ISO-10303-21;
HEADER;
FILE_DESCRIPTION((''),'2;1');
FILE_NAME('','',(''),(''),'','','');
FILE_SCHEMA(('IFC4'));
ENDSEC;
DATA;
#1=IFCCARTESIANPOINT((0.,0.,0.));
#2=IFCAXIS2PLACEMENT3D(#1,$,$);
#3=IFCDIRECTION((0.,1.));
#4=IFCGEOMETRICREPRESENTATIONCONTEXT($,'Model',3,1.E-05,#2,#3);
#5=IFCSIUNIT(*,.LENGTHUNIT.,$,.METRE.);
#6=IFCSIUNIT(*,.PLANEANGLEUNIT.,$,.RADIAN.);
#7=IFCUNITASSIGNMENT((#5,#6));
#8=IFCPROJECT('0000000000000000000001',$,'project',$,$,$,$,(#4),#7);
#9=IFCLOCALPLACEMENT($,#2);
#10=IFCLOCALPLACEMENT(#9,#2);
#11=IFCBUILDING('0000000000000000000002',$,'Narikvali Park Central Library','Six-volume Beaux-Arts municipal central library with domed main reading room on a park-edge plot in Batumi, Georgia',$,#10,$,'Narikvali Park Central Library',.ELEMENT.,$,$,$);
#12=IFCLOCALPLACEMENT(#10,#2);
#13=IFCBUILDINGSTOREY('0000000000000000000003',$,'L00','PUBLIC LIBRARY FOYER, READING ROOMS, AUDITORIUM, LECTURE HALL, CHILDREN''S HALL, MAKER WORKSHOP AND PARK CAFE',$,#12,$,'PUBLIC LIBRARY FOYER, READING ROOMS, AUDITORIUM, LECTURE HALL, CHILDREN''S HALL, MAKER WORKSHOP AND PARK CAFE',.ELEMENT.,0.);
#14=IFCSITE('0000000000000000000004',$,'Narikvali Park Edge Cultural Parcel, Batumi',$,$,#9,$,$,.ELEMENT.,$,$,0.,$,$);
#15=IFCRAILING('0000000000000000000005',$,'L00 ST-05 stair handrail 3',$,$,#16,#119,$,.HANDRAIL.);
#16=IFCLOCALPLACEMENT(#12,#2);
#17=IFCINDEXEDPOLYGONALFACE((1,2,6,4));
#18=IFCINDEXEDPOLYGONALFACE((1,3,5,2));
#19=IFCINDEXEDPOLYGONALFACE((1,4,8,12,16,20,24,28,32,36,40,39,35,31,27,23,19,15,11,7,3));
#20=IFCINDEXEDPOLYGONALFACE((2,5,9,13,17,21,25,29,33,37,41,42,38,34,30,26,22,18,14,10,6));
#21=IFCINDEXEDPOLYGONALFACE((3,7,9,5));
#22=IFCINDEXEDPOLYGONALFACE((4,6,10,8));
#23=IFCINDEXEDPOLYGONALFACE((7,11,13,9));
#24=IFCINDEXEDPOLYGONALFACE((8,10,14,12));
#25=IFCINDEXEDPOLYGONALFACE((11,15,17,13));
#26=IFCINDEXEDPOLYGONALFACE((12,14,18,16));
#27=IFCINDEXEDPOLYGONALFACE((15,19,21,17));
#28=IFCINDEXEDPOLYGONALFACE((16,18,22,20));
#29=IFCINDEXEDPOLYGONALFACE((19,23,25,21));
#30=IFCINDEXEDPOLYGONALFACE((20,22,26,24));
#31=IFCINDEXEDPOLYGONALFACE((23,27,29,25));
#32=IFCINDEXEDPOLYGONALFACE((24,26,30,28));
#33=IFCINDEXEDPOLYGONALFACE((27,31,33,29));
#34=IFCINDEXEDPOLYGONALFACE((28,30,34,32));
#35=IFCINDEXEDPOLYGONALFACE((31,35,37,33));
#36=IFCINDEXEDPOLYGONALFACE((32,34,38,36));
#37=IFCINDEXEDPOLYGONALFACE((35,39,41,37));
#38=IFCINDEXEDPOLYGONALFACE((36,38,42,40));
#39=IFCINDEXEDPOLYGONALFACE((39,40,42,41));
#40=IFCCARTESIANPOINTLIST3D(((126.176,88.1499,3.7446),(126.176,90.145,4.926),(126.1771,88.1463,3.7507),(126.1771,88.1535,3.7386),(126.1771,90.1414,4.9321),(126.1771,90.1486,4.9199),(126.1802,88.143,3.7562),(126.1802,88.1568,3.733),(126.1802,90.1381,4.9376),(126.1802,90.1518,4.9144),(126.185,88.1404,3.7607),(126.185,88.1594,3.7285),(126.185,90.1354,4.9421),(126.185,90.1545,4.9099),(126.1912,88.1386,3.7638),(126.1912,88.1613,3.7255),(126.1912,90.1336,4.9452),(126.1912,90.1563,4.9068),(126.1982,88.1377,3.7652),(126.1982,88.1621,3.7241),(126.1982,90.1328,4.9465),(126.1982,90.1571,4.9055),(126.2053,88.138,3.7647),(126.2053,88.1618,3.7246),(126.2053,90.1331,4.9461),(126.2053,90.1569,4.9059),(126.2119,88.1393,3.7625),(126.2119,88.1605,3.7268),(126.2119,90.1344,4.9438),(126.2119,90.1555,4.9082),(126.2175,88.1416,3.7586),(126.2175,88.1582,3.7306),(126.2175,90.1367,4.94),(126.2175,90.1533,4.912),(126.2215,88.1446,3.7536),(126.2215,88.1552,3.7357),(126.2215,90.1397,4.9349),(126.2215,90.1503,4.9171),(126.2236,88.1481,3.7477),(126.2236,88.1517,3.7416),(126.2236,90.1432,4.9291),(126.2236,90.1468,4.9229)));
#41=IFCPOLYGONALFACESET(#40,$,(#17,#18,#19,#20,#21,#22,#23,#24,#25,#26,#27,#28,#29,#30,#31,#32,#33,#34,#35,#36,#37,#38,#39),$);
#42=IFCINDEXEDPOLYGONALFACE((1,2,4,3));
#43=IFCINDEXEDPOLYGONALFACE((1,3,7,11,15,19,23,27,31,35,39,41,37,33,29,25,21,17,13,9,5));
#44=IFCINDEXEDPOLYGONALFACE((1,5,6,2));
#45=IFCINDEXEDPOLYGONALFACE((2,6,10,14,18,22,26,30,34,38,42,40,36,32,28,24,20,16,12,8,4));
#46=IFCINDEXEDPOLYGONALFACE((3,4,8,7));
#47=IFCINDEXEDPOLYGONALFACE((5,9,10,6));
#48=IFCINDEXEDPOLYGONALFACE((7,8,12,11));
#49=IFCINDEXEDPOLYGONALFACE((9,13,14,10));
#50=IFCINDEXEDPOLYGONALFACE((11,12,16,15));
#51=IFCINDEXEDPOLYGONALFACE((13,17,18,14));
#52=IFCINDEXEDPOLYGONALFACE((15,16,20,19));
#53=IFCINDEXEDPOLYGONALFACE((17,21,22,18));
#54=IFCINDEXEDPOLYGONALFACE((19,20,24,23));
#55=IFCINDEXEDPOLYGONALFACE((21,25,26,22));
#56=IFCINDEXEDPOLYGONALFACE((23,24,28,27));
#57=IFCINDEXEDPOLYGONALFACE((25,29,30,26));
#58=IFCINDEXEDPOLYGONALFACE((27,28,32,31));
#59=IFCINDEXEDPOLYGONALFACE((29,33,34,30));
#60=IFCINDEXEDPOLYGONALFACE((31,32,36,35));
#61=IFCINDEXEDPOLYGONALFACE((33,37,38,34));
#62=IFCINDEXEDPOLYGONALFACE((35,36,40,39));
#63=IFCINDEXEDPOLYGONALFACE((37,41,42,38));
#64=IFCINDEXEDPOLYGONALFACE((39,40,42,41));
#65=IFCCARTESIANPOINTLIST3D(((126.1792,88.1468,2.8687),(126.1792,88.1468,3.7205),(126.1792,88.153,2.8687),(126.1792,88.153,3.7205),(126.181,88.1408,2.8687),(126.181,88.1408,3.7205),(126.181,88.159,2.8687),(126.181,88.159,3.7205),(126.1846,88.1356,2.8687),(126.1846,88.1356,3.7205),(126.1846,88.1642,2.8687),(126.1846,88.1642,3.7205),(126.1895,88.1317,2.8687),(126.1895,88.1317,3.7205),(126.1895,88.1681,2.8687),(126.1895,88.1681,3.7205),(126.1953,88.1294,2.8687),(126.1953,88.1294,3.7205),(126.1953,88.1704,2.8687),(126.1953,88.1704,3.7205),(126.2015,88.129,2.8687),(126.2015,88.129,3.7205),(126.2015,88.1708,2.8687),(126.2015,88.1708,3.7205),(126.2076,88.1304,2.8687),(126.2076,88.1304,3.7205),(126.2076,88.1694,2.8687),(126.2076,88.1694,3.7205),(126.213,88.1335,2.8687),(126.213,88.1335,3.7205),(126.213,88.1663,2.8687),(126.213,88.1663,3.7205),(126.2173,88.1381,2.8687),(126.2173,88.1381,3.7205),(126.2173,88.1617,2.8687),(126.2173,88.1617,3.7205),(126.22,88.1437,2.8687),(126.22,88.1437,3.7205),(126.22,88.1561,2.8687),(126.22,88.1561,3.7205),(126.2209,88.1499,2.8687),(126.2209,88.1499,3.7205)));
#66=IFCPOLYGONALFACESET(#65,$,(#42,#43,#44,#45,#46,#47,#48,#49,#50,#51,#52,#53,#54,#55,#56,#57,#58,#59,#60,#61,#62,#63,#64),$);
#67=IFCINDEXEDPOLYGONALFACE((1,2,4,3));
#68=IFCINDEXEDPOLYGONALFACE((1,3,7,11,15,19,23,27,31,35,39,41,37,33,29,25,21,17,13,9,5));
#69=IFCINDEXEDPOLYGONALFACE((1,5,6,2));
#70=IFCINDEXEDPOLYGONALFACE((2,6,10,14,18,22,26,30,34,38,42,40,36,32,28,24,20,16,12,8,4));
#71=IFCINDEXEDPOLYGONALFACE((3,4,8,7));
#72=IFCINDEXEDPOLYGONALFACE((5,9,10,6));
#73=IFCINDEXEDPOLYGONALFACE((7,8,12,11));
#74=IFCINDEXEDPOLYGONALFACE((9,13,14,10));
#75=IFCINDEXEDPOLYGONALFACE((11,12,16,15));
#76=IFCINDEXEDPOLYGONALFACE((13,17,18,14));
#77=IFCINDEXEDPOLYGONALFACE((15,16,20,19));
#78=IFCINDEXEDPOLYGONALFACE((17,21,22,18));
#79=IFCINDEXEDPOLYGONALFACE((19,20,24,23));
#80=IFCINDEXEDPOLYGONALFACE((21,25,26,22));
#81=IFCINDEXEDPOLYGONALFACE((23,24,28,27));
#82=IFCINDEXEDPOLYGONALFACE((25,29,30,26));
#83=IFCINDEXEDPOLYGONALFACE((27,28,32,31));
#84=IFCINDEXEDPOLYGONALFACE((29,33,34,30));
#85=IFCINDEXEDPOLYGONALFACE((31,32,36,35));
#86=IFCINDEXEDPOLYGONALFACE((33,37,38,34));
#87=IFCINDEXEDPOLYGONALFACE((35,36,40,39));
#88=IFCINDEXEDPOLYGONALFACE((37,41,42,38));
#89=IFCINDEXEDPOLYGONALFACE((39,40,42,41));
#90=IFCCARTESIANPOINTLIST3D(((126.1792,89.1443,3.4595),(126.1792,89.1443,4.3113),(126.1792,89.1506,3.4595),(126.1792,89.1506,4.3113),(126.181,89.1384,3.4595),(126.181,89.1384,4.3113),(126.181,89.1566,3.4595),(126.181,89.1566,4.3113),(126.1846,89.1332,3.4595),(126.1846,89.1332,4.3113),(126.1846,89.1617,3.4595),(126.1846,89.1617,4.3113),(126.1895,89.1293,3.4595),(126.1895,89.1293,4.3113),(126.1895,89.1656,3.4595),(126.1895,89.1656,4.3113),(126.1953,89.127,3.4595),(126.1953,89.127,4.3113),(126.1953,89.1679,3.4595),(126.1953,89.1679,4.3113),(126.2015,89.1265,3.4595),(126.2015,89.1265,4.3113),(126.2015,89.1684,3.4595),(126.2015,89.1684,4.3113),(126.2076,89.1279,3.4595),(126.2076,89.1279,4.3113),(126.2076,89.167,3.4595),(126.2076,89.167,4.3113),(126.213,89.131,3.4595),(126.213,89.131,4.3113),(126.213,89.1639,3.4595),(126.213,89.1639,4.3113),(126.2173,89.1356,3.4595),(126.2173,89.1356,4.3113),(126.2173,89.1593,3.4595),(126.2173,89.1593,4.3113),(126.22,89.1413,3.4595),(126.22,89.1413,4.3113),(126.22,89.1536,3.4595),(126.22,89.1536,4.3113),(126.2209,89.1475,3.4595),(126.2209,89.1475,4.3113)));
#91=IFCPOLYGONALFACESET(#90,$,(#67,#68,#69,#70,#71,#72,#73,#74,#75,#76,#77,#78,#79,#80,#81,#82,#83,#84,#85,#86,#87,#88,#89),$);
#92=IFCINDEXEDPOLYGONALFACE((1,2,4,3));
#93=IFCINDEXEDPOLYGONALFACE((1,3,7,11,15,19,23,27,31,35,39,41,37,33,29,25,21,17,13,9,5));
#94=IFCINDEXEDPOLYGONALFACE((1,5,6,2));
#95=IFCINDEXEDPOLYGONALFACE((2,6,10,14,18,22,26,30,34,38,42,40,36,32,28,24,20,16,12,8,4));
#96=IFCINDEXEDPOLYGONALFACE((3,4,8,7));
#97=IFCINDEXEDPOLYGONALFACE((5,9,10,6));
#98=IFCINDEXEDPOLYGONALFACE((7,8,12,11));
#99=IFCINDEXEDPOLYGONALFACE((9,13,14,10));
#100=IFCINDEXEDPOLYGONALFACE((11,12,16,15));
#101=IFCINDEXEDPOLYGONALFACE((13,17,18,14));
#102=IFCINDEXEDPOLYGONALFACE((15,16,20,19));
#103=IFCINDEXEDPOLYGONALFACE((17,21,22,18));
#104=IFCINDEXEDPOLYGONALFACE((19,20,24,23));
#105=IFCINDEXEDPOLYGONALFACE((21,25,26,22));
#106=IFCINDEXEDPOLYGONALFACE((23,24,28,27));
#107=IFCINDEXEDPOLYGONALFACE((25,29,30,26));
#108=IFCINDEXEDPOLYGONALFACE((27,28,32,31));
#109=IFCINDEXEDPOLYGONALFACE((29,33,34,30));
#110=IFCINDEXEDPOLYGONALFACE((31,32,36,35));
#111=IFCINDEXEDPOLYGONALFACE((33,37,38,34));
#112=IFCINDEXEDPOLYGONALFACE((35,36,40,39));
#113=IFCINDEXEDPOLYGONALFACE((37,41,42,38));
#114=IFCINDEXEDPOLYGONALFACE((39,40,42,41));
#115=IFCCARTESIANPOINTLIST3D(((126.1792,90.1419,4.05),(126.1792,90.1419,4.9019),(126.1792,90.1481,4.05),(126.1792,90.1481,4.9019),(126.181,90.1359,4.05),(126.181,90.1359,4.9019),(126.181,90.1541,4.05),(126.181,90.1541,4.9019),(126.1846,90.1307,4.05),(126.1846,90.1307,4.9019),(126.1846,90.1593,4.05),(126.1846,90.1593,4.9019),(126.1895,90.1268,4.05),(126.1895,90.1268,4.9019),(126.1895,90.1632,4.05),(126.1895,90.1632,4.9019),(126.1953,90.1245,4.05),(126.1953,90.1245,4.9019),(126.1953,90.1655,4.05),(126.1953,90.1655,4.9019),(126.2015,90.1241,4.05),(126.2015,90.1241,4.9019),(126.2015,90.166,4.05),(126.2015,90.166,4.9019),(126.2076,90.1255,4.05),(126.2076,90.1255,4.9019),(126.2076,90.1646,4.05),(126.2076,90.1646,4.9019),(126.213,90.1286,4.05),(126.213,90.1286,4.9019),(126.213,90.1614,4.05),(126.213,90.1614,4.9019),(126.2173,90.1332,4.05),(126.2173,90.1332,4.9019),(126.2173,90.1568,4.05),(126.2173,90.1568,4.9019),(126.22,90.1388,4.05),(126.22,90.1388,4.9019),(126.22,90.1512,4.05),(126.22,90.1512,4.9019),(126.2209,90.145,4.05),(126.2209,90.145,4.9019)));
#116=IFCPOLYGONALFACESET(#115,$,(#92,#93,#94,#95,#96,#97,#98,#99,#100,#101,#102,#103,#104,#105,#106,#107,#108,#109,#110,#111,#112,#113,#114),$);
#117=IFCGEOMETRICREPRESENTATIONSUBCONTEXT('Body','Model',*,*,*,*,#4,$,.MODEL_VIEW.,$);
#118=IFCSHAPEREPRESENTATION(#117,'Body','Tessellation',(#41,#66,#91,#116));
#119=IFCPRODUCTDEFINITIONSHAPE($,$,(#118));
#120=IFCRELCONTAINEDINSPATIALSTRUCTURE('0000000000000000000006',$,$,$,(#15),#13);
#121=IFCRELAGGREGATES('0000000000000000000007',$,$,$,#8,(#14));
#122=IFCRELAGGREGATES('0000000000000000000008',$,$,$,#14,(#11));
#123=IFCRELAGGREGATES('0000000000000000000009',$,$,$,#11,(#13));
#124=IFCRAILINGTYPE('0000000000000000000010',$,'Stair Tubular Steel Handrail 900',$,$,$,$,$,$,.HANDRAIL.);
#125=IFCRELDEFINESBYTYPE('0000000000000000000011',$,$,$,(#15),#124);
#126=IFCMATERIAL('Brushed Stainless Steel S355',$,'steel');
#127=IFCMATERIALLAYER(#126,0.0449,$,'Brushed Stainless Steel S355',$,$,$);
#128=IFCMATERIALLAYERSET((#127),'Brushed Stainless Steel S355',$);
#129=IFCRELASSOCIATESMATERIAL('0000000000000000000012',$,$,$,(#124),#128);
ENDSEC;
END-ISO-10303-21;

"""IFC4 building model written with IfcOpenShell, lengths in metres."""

from ifc_helpers import new_model, si_unit, direction, frame, origin, origin_2d, place, context, subcontext, project, spatial, circle, extrude, material, layer, layer_set, type_object, element, save


model = new_model("IFC4")

# Units and contexts
model_context = context("Model", 3, precision=1e-05, world=origin(), true_north=direction((0.0, 1.0)))
body_context = subcontext(model_context, "Body", "Model", "MODEL_VIEW")
ifc_project = project(units=[si_unit("LENGTHUNIT", "METRE"), si_unit("PLANEANGLEUNIT", "RADIAN")], contexts=[model_context])

# Site, building, storey
site_placement = place(None, origin())
site = spatial("IfcSite", under=ifc_project, at=site_placement, Name="Narikvali Park Edge Cultural Parcel, Batumi", CompositionType="ELEMENT", RefElevation=0.0)
building_placement = place(site_placement, origin())
building = spatial("IfcBuilding", under=site, at=building_placement, Name="Narikvali Park Central Library", Description="Six-volume Beaux-Arts municipal central library with domed main reading room on a park-edge plot in Batumi, Georgia", LongName="Narikvali Park Central Library", CompositionType="ELEMENT")
storey_placement = place(building_placement, origin())
storey = spatial("IfcBuildingStorey", under=building, at=storey_placement, Name="L00", Description="PUBLIC LIBRARY FOYER, READING ROOMS, AUDITORIUM, LECTURE HALL, CHILDREN'S HALL, MAKER WORKSHOP AND PARK CAFE", LongName="PUBLIC LIBRARY FOYER, READING ROOMS, AUDITORIUM, LECTURE HALL, CHILDREN'S HALL, MAKER WORKSHOP AND PARK CAFE", CompositionType="ELEMENT", Elevation=0.0)

# Shared definitions
ifc_material_1 = material(Name="Brushed Stainless Steel S355", Category="steel")

# Railing
ifc_layer_1 = layer(ifc_material_1, 0.0449, Name="Brushed Stainless Steel S355")
ifc_layer_set_1 = layer_set([ifc_layer_1], Name="Brushed Stainless Steel S355")
railing_type_1 = type_object("IfcRailingType", Name="Stair Tubular Steel Handrail 900", PredefinedType="HANDRAIL", material=ifc_layer_set_1)
railing_1_placement = place(storey_placement, frame((126.2, 88.1499, 2.8687)))
element("IfcRailing", 1, at=railing_1_placement, inside=storey, type_object=railing_type_1, Name="L00 ST-05 stair handrail 3", PredefinedType="HANDRAIL", context=body_context, shape_type="SweptSolid", body=[
    extrude(circle(Radius=0.0239, at=origin_2d()), frame((0.0, 0.0, 0.876), z_axis=(0.0, 0.860461, 0.509517), x_axis=(-1.0, 0.0, 0.0)), (0.0, 0.0, 1.0), 2.3186),
    extrude(circle(Radius=0.021, at=origin_2d()), origin(), (0.0, 0.0, 1.0), 0.8518),
    extrude(circle(Radius=0.021, at=origin_2d()), frame((0.0, 0.9976, 0.5908)), (0.0, 0.0, 1.0), 0.8518),
    extrude(circle(Radius=0.021, at=origin_2d()), frame((0.0, 1.9951, 1.1814)), (0.0, 0.0, 1.0), 0.8518),
])

save(model, "model.ifc")
